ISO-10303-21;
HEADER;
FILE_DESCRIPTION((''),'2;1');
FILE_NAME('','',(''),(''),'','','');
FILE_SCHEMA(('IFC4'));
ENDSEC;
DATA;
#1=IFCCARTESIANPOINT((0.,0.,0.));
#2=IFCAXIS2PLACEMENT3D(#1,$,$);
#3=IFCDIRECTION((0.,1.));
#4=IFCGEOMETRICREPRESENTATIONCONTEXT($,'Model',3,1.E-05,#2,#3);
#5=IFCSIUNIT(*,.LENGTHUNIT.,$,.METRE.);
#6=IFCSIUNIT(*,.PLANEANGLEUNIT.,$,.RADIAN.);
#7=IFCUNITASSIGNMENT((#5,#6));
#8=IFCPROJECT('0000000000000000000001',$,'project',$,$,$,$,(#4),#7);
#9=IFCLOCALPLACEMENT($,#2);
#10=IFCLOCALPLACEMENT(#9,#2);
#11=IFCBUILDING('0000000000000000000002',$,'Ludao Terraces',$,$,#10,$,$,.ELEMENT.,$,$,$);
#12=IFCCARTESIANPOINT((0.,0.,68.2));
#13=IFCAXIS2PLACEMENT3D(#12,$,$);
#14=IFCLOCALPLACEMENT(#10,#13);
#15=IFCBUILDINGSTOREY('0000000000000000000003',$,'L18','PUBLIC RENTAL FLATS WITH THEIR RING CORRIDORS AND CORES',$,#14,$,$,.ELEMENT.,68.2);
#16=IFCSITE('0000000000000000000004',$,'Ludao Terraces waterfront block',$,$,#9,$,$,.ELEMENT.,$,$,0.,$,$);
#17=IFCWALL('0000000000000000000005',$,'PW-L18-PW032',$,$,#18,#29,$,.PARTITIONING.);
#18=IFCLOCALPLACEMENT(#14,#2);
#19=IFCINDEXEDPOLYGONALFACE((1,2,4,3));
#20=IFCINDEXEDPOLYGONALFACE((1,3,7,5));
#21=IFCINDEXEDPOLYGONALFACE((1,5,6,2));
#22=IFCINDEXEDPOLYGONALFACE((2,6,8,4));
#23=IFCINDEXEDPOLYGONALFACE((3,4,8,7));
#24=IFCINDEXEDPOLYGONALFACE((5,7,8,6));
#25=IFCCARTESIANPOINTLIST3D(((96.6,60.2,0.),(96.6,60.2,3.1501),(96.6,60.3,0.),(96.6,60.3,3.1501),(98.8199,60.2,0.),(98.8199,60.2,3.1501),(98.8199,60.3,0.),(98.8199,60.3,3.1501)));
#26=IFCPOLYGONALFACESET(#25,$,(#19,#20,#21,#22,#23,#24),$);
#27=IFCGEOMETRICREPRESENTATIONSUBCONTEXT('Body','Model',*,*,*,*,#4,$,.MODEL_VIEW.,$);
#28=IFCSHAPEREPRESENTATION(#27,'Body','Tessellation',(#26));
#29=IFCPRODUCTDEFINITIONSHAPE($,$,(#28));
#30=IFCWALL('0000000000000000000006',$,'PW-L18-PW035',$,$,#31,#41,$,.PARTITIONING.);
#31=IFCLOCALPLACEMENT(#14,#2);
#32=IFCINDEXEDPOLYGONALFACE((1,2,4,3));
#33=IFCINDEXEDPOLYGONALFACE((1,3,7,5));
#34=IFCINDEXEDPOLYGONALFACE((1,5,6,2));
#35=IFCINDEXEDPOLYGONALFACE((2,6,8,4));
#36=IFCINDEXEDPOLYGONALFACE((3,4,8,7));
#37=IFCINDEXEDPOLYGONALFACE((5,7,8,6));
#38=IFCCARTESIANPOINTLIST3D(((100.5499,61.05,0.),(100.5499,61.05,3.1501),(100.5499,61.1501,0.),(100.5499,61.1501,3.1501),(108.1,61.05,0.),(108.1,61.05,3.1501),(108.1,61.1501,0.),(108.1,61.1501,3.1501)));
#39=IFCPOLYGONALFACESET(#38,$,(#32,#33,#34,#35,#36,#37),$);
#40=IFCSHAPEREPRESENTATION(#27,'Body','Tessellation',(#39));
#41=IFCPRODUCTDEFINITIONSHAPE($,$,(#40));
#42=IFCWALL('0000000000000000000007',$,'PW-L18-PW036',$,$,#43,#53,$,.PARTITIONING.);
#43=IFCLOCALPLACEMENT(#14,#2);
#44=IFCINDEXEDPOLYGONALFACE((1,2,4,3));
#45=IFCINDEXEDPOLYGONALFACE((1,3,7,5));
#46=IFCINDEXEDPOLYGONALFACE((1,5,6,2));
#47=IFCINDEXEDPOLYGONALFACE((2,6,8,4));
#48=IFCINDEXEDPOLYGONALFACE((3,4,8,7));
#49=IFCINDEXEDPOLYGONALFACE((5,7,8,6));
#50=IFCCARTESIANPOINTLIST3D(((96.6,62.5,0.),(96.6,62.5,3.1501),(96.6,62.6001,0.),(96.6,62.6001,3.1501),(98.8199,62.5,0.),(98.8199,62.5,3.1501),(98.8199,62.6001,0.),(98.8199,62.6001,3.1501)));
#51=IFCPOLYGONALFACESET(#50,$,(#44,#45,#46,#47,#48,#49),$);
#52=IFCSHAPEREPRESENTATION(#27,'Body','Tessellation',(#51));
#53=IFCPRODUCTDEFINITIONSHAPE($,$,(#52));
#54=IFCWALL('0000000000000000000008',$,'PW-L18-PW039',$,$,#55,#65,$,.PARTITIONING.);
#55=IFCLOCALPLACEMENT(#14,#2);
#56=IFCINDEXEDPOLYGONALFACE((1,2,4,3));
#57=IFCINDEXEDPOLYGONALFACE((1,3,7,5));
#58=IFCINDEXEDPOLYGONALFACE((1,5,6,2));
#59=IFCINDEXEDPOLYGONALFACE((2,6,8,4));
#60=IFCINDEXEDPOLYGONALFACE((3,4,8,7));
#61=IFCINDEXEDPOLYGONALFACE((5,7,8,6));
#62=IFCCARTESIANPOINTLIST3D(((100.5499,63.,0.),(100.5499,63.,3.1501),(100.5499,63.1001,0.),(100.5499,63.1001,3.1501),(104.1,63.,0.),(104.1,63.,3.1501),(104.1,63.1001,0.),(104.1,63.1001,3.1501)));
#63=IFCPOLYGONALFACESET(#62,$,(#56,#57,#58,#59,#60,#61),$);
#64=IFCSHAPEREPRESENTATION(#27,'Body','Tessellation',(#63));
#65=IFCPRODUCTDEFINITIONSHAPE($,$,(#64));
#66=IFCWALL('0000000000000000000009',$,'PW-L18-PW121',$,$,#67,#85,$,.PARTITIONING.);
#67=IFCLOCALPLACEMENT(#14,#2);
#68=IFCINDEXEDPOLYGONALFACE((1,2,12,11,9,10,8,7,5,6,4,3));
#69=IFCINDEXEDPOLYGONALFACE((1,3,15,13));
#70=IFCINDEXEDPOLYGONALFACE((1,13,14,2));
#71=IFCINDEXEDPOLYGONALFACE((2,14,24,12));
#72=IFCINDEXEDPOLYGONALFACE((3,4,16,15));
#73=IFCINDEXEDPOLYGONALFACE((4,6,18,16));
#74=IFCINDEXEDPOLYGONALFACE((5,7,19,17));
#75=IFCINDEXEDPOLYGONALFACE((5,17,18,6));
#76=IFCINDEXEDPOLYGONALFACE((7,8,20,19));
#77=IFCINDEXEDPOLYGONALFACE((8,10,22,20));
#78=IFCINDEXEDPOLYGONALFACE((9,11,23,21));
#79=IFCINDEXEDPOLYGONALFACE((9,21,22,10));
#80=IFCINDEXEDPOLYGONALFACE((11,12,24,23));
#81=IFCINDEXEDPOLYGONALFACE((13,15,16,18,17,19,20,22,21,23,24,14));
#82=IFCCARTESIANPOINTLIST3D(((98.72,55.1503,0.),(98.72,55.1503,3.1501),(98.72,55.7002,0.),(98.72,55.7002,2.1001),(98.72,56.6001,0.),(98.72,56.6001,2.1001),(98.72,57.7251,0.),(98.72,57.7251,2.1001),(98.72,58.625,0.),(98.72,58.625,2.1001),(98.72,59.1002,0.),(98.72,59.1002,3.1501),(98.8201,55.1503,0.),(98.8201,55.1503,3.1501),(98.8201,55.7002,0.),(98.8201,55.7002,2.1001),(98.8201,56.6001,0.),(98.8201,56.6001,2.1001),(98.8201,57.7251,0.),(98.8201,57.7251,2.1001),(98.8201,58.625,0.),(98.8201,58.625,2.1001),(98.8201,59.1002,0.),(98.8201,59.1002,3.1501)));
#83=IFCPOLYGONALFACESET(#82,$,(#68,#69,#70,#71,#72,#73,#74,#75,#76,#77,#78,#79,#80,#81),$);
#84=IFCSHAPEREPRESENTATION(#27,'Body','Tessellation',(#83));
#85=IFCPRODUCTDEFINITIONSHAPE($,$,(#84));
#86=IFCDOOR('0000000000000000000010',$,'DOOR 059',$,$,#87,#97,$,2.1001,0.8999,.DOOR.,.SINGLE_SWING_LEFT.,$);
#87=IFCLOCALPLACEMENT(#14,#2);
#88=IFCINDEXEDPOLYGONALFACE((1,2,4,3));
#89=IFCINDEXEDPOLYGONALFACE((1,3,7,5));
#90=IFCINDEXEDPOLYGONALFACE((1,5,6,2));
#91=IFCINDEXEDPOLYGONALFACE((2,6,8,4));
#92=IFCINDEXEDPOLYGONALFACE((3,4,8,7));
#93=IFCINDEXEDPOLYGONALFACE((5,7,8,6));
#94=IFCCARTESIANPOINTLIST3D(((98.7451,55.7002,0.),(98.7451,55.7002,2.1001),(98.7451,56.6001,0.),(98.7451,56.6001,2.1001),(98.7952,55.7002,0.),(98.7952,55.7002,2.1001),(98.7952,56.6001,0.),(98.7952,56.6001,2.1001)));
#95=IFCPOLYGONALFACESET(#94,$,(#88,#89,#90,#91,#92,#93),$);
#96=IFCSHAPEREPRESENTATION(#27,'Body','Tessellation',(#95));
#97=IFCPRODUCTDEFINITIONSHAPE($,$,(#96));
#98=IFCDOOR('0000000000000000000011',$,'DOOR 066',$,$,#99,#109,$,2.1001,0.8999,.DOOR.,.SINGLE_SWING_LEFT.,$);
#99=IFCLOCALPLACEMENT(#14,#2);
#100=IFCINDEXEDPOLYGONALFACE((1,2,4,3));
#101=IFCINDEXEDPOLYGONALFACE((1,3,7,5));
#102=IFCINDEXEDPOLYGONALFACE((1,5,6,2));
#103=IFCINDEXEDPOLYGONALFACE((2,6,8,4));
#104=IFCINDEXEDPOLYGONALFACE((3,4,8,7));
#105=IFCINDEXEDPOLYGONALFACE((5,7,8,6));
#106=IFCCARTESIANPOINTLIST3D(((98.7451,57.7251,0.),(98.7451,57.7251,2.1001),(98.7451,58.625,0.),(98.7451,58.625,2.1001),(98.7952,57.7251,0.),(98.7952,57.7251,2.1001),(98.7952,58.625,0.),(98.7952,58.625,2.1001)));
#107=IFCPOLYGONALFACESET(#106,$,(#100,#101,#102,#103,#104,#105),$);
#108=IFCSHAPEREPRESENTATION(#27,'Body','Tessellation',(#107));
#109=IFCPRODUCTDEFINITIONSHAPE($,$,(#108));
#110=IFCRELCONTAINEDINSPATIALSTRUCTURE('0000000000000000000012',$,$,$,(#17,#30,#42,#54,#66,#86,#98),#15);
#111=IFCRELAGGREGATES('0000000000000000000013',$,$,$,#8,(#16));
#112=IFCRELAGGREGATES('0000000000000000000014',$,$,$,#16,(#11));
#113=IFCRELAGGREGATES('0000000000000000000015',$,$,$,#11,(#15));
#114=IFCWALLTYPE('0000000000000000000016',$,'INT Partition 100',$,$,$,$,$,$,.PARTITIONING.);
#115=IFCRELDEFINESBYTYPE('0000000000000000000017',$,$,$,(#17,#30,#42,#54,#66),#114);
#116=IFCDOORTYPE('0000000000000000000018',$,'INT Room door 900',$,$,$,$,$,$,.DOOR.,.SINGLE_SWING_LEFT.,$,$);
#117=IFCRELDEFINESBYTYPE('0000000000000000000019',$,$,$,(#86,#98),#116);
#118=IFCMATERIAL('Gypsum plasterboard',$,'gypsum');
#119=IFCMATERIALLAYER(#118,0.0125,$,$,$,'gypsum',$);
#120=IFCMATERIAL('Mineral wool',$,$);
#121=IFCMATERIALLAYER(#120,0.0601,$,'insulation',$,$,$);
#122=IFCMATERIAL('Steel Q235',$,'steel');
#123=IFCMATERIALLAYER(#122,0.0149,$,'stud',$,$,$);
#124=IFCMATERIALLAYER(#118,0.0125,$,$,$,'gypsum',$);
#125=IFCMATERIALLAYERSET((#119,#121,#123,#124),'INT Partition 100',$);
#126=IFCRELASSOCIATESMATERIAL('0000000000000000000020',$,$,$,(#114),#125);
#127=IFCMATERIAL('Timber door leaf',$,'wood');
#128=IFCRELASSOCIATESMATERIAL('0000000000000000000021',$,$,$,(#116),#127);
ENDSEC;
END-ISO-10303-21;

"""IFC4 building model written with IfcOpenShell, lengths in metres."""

from ifc_helpers import new_model, si_unit, direction, frame, frame_2d, origin, place, context, subcontext, project, spatial, rectangle, extrude, material, layer, layer_set, type_object, element, fill, save


model = new_model("IFC4")

# Units and contexts
model_context = context("Model", 3, precision=1e-05, world=origin(), true_north=direction((0.0, 1.0)))
body_context = subcontext(model_context, "Body", "Model", "MODEL_VIEW")
ifc_project = project(units=[si_unit("LENGTHUNIT", "METRE"), si_unit("PLANEANGLEUNIT", "RADIAN")], contexts=[model_context])

# Site, building, storey
site_placement = place(None, origin())
site = spatial("IfcSite", under=ifc_project, at=site_placement, Name="Ludao Terraces waterfront block", CompositionType="ELEMENT", RefElevation=0.0)
building_placement = place(site_placement, origin())
building = spatial("IfcBuilding", under=site, at=building_placement, Name="Ludao Terraces", CompositionType="ELEMENT")
storey_placement = place(building_placement, frame((0.0, 0.0, 68.2)))
storey = spatial("IfcBuildingStorey", under=building, at=storey_placement, Name="L18", Description="PUBLIC RENTAL FLATS WITH THEIR RING CORRIDORS AND CORES", CompositionType="ELEMENT", Elevation=68.2)

# Shared definitions
ifc_material_1 = material(Name="Steel Q235", Category="steel")

# Walls
ifc_material_2 = material(Name="Gypsum plasterboard", Category="gypsum")
ifc_layer_1 = layer(ifc_material_2, 0.0125, Category="gypsum")
ifc_material_3 = material(Name="Mineral wool")
ifc_layer_2 = layer(ifc_material_3, 0.0601, Name="insulation")
ifc_layer_3 = layer(ifc_material_1, 0.0149, Name="stud")
ifc_layer_4 = layer(ifc_material_2, 0.0125, Category="gypsum")
ifc_layer_set_1 = layer_set([ifc_layer_1, ifc_layer_2, ifc_layer_3, ifc_layer_4], Name="INT Partition 100")
wall_type_1 = type_object("IfcWallType", Name="INT Partition 100", PredefinedType="PARTITIONING", material=ifc_layer_set_1)
for number, where, z_axis, x_axis, name in (
    (1, (96.6001, 60.25, 0.0), (0.0, 0.0, 1.0), (1.0, 0.0, 0.0), "PW-L18-PW032"),
):
    element("IfcWall", number, at=place(storey_placement, frame(where, z_axis=z_axis, x_axis=x_axis)), inside=storey, type_object=wall_type_1, Name=name, PredefinedType="PARTITIONING", context=body_context, shape_type="SweptSolid", body=[
        extrude(rectangle(XDim=2.22, YDim=0.1001, at=frame_2d((1.1099, 0.0))), origin(), (0.0, 0.0, 1.0), 3.1501),
    ])
wall_1_placement = place(storey_placement, frame((100.55, 61.1001, 0.0), z_axis=(0.0, 0.0, 1.0), x_axis=(1.0, 0.0, 0.0)))
element("IfcWall", 2, at=wall_1_placement, inside=storey, type_object=wall_type_1, Name="PW-L18-PW035", PredefinedType="PARTITIONING", context=body_context, shape_type="SweptSolid", body=[
    extrude(rectangle(XDim=7.55, YDim=0.1001, at=frame_2d((3.7749, 0.0))), origin(), (0.0, 0.0, 1.0), 3.1501),
])
wall_2_placement = place(storey_placement, frame((96.6001, 62.55, 0.0), z_axis=(0.0, 0.0, 1.0), x_axis=(1.0, 0.0, 0.0)))
element("IfcWall", 3, at=wall_2_placement, inside=storey, type_object=wall_type_1, Name="PW-L18-PW036", PredefinedType="PARTITIONING", context=body_context, shape_type="SweptSolid", body=[
    extrude(rectangle(XDim=2.22, YDim=0.1001, at=frame_2d((1.1099, 0.0))), origin(), (0.0, 0.0, 1.0), 3.1501),
])
wall_3_placement = place(storey_placement, frame((100.55, 63.05, 0.0), z_axis=(0.0, 0.0, 1.0), x_axis=(1.0, 0.0, 0.0)))
element("IfcWall", 4, at=wall_3_placement, inside=storey, type_object=wall_type_1, Name="PW-L18-PW039", PredefinedType="PARTITIONING", context=body_context, shape_type="SweptSolid", body=[
    extrude(rectangle(XDim=3.55, YDim=0.1001, at=frame_2d((1.7749, 0.0))), origin(), (0.0, 0.0, 1.0), 3.1501),
])

# Wall, openings, doors
wall_4_placement = place(storey_placement, frame((98.77, 55.1501, 0.0), z_axis=(0.0, 0.0, 1.0), x_axis=(0.0, 1.0, 0.0)))
wall_4 = element("IfcWall", 5, at=wall_4_placement, inside=storey, type_object=wall_type_1, Name="PW-L18-PW121", PredefinedType="PARTITIONING", context=body_context, shape_type="SweptSolid", body=[
    extrude(rectangle(XDim=3.95, YDim=0.1001, at=frame_2d((1.9751, 0.0))), origin(), (0.0, 0.0, 1.0), 3.1501),
])
opening_1_placement = place(wall_4_placement, frame((0.55, 0.0, 0.0)))
opening_1 = element("IfcOpeningElement", 6, at=opening_1_placement, cuts=wall_4, PredefinedType="OPENING", context=body_context, shape_type="SweptSolid", body=[
    extrude(rectangle(XDim=0.8999, YDim=2.1001, at=frame_2d((0.45, 1.05))), frame((0.0, 0.0601, 0.0), z_axis=(0.0, -1.0, 0.0), x_axis=(1.0, 0.0, 0.0)), (0.0, 0.0, 1.0), 0.1201),
])
opening_2_placement = place(wall_4_placement, frame((2.575, 0.0, 0.0)))
opening_2 = element("IfcOpeningElement", 7, at=opening_2_placement, cuts=wall_4, PredefinedType="OPENING", context=body_context, shape_type="SweptSolid", body=[
    extrude(rectangle(XDim=0.8999, YDim=2.1001, at=frame_2d((0.45, 1.05))), frame((0.0, 0.0601, 0.0), z_axis=(0.0, -1.0, 0.0), x_axis=(1.0, 0.0, 0.0)), (0.0, 0.0, 1.0), 0.1201),
])
ifc_material_4 = material(Name="Timber door leaf", Category="wood")
door_type_1 = type_object("IfcDoorType", Name="INT Room door 900", OperationType="SINGLE_SWING_LEFT", PredefinedType="DOOR", material=ifc_material_4)
door_1_placement = place(opening_1_placement, origin())
door_1 = element("IfcDoor", 8, at=door_1_placement, inside=storey, type_object=door_type_1, Name="DOOR 059", OperationType="SINGLE_SWING_LEFT", OverallHeight=2.1001, OverallWidth=0.8999, PredefinedType="DOOR", context=body_context, shape_type="SweptSolid", body=[
    extrude(rectangle(XDim=0.8999, YDim=2.1001, at=frame_2d((0.45, 1.05))), frame((0.0, 0.0249, 0.0), z_axis=(0.0, -1.0, 0.0), x_axis=(1.0, 0.0, 0.0)), (0.0, 0.0, 1.0), 0.05),
])
fill(opening_1, door_1)
door_2_placement = place(opening_2_placement, origin())
door_2 = element("IfcDoor", 9, at=door_2_placement, inside=storey, type_object=door_type_1, Name="DOOR 066", OperationType="SINGLE_SWING_LEFT", OverallHeight=2.1001, OverallWidth=0.8999, PredefinedType="DOOR", context=body_context, shape_type="SweptSolid", body=[
    extrude(rectangle(XDim=0.8999, YDim=2.1001, at=frame_2d((0.45, 1.05))), frame((0.0, 0.0249, 0.0), z_axis=(0.0, -1.0, 0.0), x_axis=(1.0, 0.0, 0.0)), (0.0, 0.0, 1.0), 0.05),
])
fill(opening_2, door_2)

save(model, "model.ifc")
